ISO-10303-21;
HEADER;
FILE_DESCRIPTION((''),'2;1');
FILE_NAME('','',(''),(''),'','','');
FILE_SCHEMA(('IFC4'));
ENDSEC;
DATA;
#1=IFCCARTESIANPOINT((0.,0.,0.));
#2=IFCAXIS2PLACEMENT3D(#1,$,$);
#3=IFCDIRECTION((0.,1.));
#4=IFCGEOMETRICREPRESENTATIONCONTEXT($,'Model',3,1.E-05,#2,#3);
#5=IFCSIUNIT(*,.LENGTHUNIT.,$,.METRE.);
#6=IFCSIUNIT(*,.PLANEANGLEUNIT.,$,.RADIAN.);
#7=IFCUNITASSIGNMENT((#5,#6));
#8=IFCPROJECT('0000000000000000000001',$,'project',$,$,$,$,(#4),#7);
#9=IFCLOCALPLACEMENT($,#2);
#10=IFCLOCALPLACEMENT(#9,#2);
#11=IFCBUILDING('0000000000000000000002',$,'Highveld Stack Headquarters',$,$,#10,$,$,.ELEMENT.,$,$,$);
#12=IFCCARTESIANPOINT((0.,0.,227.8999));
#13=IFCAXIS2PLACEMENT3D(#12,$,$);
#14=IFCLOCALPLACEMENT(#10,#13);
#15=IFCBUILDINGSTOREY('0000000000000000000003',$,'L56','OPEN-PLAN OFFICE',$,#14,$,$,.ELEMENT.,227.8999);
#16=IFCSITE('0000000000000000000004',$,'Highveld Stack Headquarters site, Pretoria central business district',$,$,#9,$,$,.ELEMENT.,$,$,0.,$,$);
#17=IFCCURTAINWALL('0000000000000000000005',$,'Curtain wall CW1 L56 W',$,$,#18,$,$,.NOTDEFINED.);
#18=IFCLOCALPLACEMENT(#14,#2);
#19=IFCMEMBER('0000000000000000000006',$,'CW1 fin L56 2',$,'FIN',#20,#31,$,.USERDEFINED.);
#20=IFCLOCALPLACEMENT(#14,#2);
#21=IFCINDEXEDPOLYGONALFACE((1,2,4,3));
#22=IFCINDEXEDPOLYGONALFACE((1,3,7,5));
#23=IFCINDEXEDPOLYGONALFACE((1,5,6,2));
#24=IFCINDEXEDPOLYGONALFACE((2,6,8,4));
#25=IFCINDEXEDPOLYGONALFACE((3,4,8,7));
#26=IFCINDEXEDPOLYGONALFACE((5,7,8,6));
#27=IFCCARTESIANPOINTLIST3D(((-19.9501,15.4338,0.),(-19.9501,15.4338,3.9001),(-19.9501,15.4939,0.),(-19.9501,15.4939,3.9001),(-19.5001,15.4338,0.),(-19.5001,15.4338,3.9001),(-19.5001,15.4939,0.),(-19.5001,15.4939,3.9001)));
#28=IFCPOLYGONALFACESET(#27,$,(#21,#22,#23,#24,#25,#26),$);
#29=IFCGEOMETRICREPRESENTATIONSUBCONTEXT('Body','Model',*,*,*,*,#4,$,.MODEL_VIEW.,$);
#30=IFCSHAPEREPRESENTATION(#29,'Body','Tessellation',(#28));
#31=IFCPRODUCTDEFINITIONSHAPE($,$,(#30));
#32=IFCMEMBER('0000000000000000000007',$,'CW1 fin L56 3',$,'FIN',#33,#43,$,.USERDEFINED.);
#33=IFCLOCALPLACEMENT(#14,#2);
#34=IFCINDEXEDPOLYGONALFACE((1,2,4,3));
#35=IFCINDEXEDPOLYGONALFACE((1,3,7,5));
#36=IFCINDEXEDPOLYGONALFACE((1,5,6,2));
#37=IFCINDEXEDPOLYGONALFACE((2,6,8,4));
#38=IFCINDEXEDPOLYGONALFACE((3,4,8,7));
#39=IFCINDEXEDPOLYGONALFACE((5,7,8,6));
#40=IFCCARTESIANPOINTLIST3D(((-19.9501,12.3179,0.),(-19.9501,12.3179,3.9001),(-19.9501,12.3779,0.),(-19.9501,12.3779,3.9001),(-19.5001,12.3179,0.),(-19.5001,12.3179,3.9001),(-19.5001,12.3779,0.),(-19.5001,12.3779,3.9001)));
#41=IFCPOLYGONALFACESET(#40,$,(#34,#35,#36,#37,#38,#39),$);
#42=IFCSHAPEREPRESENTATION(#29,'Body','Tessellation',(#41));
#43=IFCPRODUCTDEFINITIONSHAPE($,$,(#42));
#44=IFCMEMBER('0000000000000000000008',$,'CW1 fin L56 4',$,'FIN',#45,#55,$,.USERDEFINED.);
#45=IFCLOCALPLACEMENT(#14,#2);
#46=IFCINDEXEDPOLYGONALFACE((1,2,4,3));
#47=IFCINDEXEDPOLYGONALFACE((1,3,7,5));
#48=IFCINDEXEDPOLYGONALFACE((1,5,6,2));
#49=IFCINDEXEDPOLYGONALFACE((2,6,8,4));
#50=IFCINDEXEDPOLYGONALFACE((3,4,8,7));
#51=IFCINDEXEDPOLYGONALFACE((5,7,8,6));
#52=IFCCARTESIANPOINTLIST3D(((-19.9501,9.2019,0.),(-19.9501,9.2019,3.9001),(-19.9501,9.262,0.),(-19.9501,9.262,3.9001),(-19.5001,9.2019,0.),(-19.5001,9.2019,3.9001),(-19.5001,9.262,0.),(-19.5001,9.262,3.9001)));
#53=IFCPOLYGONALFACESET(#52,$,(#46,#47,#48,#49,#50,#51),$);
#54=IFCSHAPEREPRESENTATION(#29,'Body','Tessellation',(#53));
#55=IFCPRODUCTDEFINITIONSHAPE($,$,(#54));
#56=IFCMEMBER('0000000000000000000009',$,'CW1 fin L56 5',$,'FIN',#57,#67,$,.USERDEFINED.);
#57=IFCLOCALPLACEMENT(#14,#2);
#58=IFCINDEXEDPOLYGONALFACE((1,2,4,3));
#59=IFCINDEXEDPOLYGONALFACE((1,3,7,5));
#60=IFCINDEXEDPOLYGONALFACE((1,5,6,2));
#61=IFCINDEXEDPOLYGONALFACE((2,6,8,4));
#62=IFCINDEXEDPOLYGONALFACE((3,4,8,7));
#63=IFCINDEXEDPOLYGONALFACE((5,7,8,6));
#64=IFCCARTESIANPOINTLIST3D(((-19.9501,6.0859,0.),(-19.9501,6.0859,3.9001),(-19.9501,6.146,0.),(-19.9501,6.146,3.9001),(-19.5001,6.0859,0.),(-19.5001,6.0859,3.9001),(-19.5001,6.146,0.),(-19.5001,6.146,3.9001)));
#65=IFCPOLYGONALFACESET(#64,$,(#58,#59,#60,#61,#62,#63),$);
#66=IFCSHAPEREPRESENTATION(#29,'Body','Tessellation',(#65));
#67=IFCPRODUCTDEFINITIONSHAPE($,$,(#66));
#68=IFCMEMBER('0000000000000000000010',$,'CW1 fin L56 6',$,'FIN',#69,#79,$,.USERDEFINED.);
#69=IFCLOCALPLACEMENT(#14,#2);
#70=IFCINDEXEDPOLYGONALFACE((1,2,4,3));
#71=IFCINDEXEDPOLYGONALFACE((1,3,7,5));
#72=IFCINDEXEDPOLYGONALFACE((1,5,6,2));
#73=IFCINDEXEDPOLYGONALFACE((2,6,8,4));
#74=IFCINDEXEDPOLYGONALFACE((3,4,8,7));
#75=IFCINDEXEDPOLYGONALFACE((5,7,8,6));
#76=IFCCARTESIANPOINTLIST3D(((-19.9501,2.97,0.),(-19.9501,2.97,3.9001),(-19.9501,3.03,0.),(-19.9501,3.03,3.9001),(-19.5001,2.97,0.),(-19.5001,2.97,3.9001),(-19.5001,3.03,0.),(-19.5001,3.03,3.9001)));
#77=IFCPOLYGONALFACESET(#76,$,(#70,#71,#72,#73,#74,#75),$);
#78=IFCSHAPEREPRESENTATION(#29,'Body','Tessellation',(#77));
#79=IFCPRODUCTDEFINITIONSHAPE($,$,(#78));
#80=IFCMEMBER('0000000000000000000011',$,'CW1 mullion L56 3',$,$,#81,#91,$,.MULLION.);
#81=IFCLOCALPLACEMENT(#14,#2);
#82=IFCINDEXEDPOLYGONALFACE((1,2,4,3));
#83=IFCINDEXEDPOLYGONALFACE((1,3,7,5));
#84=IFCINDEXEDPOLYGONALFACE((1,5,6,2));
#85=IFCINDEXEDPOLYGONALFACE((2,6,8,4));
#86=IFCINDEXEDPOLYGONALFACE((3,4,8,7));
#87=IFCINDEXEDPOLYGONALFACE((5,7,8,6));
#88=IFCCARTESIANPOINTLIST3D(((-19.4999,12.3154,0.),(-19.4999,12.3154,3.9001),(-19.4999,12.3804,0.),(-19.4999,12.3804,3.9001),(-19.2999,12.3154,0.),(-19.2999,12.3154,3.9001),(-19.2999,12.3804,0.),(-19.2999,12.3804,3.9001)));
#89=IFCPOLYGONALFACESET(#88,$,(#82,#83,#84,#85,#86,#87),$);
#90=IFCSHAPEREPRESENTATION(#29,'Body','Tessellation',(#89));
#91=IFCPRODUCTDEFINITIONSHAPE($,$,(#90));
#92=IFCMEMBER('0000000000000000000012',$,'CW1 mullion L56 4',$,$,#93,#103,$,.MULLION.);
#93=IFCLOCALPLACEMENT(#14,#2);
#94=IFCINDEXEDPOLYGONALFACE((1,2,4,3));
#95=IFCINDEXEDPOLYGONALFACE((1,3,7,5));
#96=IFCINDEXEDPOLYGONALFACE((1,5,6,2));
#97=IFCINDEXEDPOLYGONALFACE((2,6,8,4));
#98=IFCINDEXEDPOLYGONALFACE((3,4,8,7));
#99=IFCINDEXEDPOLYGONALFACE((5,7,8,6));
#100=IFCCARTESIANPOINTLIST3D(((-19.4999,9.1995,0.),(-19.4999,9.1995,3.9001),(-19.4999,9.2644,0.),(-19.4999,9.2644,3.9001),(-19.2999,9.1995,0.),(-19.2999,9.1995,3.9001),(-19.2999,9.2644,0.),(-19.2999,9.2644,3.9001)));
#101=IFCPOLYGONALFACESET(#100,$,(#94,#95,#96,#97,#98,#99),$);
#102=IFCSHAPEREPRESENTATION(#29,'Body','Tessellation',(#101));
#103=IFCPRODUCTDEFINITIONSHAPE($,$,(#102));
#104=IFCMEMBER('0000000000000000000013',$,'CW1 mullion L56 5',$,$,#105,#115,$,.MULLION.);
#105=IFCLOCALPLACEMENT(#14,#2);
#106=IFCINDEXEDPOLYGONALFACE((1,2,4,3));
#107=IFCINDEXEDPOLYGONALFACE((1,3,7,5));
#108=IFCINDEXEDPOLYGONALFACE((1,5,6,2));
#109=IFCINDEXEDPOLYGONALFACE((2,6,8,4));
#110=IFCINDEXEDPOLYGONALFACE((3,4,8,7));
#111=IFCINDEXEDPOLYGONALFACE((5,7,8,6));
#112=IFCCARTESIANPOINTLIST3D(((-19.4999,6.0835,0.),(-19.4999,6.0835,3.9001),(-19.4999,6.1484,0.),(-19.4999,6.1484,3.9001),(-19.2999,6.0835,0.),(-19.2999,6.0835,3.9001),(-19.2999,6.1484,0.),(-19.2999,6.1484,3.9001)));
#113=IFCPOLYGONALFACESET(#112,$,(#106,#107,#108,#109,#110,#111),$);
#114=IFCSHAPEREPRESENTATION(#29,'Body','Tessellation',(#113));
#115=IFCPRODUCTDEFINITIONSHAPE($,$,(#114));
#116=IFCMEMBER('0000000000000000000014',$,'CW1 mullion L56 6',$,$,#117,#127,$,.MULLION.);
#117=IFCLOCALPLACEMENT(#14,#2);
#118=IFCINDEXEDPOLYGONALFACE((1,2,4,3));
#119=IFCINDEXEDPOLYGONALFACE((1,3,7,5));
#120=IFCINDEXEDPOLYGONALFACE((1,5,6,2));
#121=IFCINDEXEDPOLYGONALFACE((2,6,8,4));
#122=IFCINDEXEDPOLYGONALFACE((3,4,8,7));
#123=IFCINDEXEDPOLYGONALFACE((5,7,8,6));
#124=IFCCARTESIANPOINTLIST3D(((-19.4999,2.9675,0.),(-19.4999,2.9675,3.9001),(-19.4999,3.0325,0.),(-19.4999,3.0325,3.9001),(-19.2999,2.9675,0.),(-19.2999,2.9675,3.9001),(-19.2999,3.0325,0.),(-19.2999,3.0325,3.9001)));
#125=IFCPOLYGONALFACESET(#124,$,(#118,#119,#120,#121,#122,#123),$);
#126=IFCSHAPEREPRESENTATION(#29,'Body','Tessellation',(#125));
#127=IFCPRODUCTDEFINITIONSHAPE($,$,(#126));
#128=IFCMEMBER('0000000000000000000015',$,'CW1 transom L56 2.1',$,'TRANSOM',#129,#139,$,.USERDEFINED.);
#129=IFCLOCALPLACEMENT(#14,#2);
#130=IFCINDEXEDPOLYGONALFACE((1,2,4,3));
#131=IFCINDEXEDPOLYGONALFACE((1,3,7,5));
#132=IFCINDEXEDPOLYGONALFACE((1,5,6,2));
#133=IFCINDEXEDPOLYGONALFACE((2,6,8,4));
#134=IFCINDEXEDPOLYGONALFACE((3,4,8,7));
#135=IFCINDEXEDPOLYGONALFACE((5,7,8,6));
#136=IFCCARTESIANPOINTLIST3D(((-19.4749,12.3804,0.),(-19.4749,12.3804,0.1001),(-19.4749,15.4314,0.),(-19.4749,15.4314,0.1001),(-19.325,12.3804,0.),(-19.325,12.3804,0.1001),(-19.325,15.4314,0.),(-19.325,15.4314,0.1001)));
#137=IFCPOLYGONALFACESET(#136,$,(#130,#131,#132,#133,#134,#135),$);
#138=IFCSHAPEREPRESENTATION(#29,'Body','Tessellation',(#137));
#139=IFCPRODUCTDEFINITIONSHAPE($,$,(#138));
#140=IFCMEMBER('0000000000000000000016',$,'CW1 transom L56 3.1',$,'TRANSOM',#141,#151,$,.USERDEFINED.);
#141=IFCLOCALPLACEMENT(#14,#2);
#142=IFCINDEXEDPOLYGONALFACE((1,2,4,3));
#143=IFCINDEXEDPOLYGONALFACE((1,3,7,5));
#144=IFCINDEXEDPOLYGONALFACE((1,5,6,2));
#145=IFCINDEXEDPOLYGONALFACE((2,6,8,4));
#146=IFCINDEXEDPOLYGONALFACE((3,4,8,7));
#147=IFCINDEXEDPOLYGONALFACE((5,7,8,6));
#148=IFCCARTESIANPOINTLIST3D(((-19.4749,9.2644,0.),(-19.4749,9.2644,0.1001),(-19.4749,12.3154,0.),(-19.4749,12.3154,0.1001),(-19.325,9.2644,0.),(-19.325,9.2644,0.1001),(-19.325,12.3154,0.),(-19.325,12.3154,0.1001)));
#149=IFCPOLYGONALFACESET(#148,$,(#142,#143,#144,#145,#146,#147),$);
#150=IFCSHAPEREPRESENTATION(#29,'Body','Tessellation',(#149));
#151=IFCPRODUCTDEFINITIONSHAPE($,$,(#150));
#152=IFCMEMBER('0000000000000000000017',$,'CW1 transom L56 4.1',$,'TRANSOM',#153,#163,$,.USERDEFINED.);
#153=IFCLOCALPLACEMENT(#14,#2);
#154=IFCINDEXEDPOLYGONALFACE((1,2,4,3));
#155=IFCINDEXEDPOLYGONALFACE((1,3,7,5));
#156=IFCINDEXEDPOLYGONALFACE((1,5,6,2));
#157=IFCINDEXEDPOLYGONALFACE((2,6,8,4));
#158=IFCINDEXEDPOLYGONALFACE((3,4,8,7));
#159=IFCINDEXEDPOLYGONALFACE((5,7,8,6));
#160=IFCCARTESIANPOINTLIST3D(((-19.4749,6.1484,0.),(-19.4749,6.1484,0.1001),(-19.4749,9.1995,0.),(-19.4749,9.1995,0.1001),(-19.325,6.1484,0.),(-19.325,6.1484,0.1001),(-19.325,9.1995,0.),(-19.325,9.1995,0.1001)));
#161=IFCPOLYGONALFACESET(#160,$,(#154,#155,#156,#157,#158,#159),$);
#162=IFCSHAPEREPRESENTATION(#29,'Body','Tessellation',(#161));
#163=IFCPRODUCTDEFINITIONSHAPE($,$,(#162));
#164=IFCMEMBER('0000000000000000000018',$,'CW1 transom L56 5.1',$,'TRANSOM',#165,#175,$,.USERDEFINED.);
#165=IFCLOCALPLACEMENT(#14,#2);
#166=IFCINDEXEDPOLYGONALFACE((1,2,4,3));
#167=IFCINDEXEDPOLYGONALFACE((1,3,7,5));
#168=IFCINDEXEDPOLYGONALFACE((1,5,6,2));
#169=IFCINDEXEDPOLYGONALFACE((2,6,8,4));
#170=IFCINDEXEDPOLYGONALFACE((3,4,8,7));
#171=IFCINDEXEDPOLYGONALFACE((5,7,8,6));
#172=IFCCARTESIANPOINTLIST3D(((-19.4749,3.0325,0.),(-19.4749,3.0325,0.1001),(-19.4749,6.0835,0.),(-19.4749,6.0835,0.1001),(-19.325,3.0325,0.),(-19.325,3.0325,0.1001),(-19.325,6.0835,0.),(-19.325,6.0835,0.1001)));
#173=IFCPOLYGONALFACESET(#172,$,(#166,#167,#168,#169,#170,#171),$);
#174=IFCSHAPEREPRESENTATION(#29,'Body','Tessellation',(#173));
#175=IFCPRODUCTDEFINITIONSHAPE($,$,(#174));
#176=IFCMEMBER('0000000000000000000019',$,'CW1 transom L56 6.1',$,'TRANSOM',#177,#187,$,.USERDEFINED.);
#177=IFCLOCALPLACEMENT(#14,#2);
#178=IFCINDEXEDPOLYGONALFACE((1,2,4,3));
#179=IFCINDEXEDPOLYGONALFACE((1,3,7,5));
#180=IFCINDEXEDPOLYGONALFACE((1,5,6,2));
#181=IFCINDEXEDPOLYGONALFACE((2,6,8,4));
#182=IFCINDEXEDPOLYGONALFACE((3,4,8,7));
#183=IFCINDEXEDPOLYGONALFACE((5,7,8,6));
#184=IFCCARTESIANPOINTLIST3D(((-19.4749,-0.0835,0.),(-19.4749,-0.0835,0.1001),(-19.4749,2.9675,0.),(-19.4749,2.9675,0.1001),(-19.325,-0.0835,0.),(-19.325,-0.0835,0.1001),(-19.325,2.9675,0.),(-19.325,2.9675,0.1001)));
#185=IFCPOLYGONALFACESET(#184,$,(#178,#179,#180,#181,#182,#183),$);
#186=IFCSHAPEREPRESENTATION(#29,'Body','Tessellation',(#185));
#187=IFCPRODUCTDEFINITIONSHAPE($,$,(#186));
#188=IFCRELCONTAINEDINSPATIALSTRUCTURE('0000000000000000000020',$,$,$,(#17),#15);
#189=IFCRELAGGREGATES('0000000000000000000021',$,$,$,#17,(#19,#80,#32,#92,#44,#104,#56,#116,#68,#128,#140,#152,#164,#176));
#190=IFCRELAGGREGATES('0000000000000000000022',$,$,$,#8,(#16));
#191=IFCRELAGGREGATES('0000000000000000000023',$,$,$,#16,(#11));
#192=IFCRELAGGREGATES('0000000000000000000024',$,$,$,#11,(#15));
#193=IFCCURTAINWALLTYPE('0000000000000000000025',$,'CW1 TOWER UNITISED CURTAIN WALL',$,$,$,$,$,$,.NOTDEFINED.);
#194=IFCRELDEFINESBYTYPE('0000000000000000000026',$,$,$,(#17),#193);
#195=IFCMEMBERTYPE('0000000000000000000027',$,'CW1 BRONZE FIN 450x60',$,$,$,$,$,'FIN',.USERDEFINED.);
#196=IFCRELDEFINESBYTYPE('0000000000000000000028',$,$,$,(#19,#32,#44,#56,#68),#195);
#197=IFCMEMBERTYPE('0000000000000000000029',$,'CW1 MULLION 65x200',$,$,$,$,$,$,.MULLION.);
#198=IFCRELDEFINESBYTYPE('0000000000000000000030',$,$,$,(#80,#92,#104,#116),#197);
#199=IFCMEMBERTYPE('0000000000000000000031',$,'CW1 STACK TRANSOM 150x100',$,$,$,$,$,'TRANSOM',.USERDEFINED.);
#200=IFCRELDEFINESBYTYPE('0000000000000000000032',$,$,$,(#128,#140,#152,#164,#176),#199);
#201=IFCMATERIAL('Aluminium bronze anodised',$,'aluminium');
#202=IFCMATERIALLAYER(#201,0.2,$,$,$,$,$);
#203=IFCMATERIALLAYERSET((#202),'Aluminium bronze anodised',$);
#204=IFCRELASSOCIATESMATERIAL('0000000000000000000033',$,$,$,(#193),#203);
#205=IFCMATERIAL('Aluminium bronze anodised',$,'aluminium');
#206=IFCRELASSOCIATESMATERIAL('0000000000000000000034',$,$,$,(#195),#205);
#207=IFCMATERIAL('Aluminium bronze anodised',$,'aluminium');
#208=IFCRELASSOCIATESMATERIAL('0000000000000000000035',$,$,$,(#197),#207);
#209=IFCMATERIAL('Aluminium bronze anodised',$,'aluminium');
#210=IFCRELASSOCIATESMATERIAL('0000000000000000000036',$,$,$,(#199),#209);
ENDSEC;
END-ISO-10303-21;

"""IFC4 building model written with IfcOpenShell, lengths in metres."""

from ifc_helpers import new_model, si_unit, direction, frame, origin, origin_2d, place, context, subcontext, project, spatial, rectangle, extrude, material, layer, layer_set, material_profile, profile_set, type_object, element, aggregate, save


model = new_model("IFC4")

# Units and contexts
model_context = context("Model", 3, precision=1e-05, world=origin(), true_north=direction((0.0, 1.0)))
body_context = subcontext(model_context, "Body", "Model", "MODEL_VIEW")
ifc_project = project(units=[si_unit("LENGTHUNIT", "METRE"), si_unit("PLANEANGLEUNIT", "RADIAN")], contexts=[model_context])

# Site, building, storey
site_placement = place(None, origin())
site = spatial("IfcSite", under=ifc_project, at=site_placement, Name="Highveld Stack Headquarters site, Pretoria central business district", CompositionType="ELEMENT", RefElevation=0.0)
building_placement = place(site_placement, origin())
building = spatial("IfcBuilding", under=site, at=building_placement, Name="Highveld Stack Headquarters", CompositionType="ELEMENT")
storey_placement = place(building_placement, frame((0.0, 0.0, 227.8999)))
storey = spatial("IfcBuildingStorey", under=building, at=storey_placement, Name="L56", Description="OPEN-PLAN OFFICE", CompositionType="ELEMENT", Elevation=227.8999)

# Curtain wall, members
ifc_material_1 = material(Name="Aluminium bronze anodised", Category="aluminium")
ifc_layer_1 = layer(ifc_material_1, 0.2)
ifc_layer_set_1 = layer_set([ifc_layer_1], Name="Aluminium bronze anodised")
curtain_wall_type = type_object("IfcCurtainWallType", Name="CW1 TOWER UNITISED CURTAIN WALL", PredefinedType="NOTDEFINED", material=ifc_layer_set_1)
curtain_wall_placement = place(storey_placement, origin())
curtain_wall = element("IfcCurtainWall", 1, at=curtain_wall_placement, inside=storey, type_object=curtain_wall_type, Name="Curtain wall CW1 L56 W", PredefinedType="NOTDEFINED")
ifc_material_2 = material(Name="Aluminium bronze anodised", Category="aluminium")
ifc_material_profile_1 = material_profile(ifc_material_2, rectangle(XDim=0.45, YDim=0.0601, at=origin_2d()), Name="FIN 450x60")
ifc_profile_set_1 = profile_set([ifc_material_profile_1], Name="Aluminium bronze anodised")
member_type_1 = type_object("IfcMemberType", Name="CW1 BRONZE FIN 450x60", ElementType="FIN", PredefinedType="USERDEFINED", material=ifc_profile_set_1)
member_1_placement = place(storey_placement, frame((-19.7251, 15.4639, 0.0), z_axis=(0.0, 0.0, 1.0), x_axis=(1.0, 0.0, 0.0)))
member_1 = element("IfcMember", 2, at=member_1_placement, type_object=member_type_1, Name="CW1 fin L56 2", ObjectType="FIN", PredefinedType="USERDEFINED", context=body_context, shape_type="SweptSolid", body=[
    extrude(rectangle(XDim=0.45, YDim=0.0601, at=origin_2d()), origin(), (0.0, 0.0, 1.0), 3.9001),
])
member_2_placement = place(storey_placement, frame((-19.7251, 12.3479, 0.0), z_axis=(0.0, 0.0, 1.0), x_axis=(1.0, 0.0, 0.0)))
member_2 = element("IfcMember", 3, at=member_2_placement, type_object=member_type_1, Name="CW1 fin L56 3", ObjectType="FIN", PredefinedType="USERDEFINED", context=body_context, shape_type="SweptSolid", body=[
    extrude(rectangle(XDim=0.45, YDim=0.0601, at=origin_2d()), origin(), (0.0, 0.0, 1.0), 3.9001),
])
member_3_placement = place(storey_placement, frame((-19.7251, 9.2319, 0.0), z_axis=(0.0, 0.0, 1.0), x_axis=(1.0, 0.0, 0.0)))
member_3 = element("IfcMember", 4, at=member_3_placement, type_object=member_type_1, Name="CW1 fin L56 4", ObjectType="FIN", PredefinedType="USERDEFINED", context=body_context, shape_type="SweptSolid", body=[
    extrude(rectangle(XDim=0.45, YDim=0.0601, at=origin_2d()), origin(), (0.0, 0.0, 1.0), 3.9001),
])
member_4_placement = place(storey_placement, frame((-19.7251, 6.116, 0.0), z_axis=(0.0, 0.0, 1.0), x_axis=(1.0, 0.0, 0.0)))
member_4 = element("IfcMember", 5, at=member_4_placement, type_object=member_type_1, Name="CW1 fin L56 5", ObjectType="FIN", PredefinedType="USERDEFINED", context=body_context, shape_type="SweptSolid", body=[
    extrude(rectangle(XDim=0.45, YDim=0.0601, at=origin_2d()), origin(), (0.0, 0.0, 1.0), 3.9001),
])
member_5_placement = place(storey_placement, frame((-19.7251, 3.0, 0.0), z_axis=(0.0, 0.0, 1.0), x_axis=(1.0, 0.0, 0.0)))
member_5 = element("IfcMember", 6, at=member_5_placement, type_object=member_type_1, Name="CW1 fin L56 6", ObjectType="FIN", PredefinedType="USERDEFINED", context=body_context, shape_type="SweptSolid", body=[
    extrude(rectangle(XDim=0.45, YDim=0.0601, at=origin_2d()), origin(), (0.0, 0.0, 1.0), 3.9001),
])
ifc_material_3 = material(Name="Aluminium bronze anodised", Category="aluminium")
ifc_material_profile_2 = material_profile(ifc_material_3, rectangle(XDim=0.2, YDim=0.0649, at=origin_2d()), Name="CW1 MULLION 65x200")
ifc_profile_set_2 = profile_set([ifc_material_profile_2], Name="Aluminium bronze anodised")
member_type_2 = type_object("IfcMemberType", Name="CW1 MULLION 65x200", PredefinedType="MULLION", material=ifc_profile_set_2)
member_6_placement = place(storey_placement, frame((-19.3999, 12.3479, 0.0), z_axis=(0.0, 0.0, 1.0), x_axis=(1.0, 0.0, 0.0)))
member_6 = element("IfcMember", 7, at=member_6_placement, type_object=member_type_2, Name="CW1 mullion L56 3", PredefinedType="MULLION", context=body_context, shape_type="SweptSolid", body=[
    extrude(rectangle(XDim=0.2, YDim=0.0649, at=origin_2d()), origin(), (0.0, 0.0, 1.0), 3.9001),
])
member_7_placement = place(storey_placement, frame((-19.3999, 9.2319, 0.0), z_axis=(0.0, 0.0, 1.0), x_axis=(1.0, 0.0, 0.0)))
member_7 = element("IfcMember", 8, at=member_7_placement, type_object=member_type_2, Name="CW1 mullion L56 4", PredefinedType="MULLION", context=body_context, shape_type="SweptSolid", body=[
    extrude(rectangle(XDim=0.2, YDim=0.0649, at=origin_2d()), origin(), (0.0, 0.0, 1.0), 3.9001),
])
member_8_placement = place(storey_placement, frame((-19.3999, 6.116, 0.0), z_axis=(0.0, 0.0, 1.0), x_axis=(1.0, 0.0, 0.0)))
member_8 = element("IfcMember", 9, at=member_8_placement, type_object=member_type_2, Name="CW1 mullion L56 5", PredefinedType="MULLION", context=body_context, shape_type="SweptSolid", body=[
    extrude(rectangle(XDim=0.2, YDim=0.0649, at=origin_2d()), origin(), (0.0, 0.0, 1.0), 3.9001),
])
member_9_placement = place(storey_placement, frame((-19.3999, 3.0, 0.0), z_axis=(0.0, 0.0, 1.0), x_axis=(1.0, 0.0, 0.0)))
member_9 = element("IfcMember", 10, at=member_9_placement, type_object=member_type_2, Name="CW1 mullion L56 6", PredefinedType="MULLION", context=body_context, shape_type="SweptSolid", body=[
    extrude(rectangle(XDim=0.2, YDim=0.0649, at=origin_2d()), origin(), (0.0, 0.0, 1.0), 3.9001),
])
ifc_material_4 = material(Name="Aluminium bronze anodised", Category="aluminium")
ifc_material_profile_3 = material_profile(ifc_material_4, rectangle(XDim=0.1499, YDim=0.1001, at=origin_2d()), Name="CW1 TRANSOM 150x100")
ifc_profile_set_3 = profile_set([ifc_material_profile_3], Name="Aluminium bronze anodised")
member_type_3 = type_object("IfcMemberType", Name="CW1 STACK TRANSOM 150x100", ElementType="TRANSOM", PredefinedType="USERDEFINED", material=ifc_profile_set_3)
member_10_placement = place(storey_placement, frame((-19.3999, 15.4314, 0.05), z_axis=(0.0, -1.0, 0.0), x_axis=(1.0, 0.0, 0.0)))
member_10 = element("IfcMember", 11, at=member_10_placement, type_object=member_type_3, Name="CW1 transom L56 2.1", ObjectType="TRANSOM", PredefinedType="USERDEFINED", context=body_context, shape_type="SweptSolid", body=[
    extrude(rectangle(XDim=0.1499, YDim=0.1001, at=origin_2d()), origin(), (0.0, 0.0, 1.0), 3.051),
])
member_11_placement = place(storey_placement, frame((-19.3999, 12.3154, 0.05), z_axis=(0.0, -1.0, 0.0), x_axis=(1.0, 0.0, 0.0)))
member_11 = element("IfcMember", 12, at=member_11_placement, type_object=member_type_3, Name="CW1 transom L56 3.1", ObjectType="TRANSOM", PredefinedType="USERDEFINED", context=body_context, shape_type="SweptSolid", body=[
    extrude(rectangle(XDim=0.1499, YDim=0.1001, at=origin_2d()), origin(), (0.0, 0.0, 1.0), 3.051),
])
member_12_placement = place(storey_placement, frame((-19.3999, 9.1995, 0.05), z_axis=(0.0, -1.0, 0.0), x_axis=(1.0, 0.0, 0.0)))
member_12 = element("IfcMember", 13, at=member_12_placement, type_object=member_type_3, Name="CW1 transom L56 4.1", ObjectType="TRANSOM", PredefinedType="USERDEFINED", context=body_context, shape_type="SweptSolid", body=[
    extrude(rectangle(XDim=0.1499, YDim=0.1001, at=origin_2d()), origin(), (0.0, 0.0, 1.0), 3.051),
])
member_13_placement = place(storey_placement, frame((-19.3999, 6.0835, 0.05), z_axis=(0.0, -1.0, 0.0), x_axis=(1.0, 0.0, 0.0)))
member_13 = element("IfcMember", 14, at=member_13_placement, type_object=member_type_3, Name="CW1 transom L56 5.1", ObjectType="TRANSOM", PredefinedType="USERDEFINED", context=body_context, shape_type="SweptSolid", body=[
    extrude(rectangle(XDim=0.1499, YDim=0.1001, at=origin_2d()), origin(), (0.0, 0.0, 1.0), 3.051),
])
member_14_placement = place(storey_placement, frame((-19.3999, 2.9675, 0.05), z_axis=(0.0, -1.0, 0.0), x_axis=(1.0, 0.0, 0.0)))
member_14 = element("IfcMember", 15, at=member_14_placement, type_object=member_type_3, Name="CW1 transom L56 6.1", ObjectType="TRANSOM", PredefinedType="USERDEFINED", context=body_context, shape_type="SweptSolid", body=[
    extrude(rectangle(XDim=0.1499, YDim=0.1001, at=origin_2d()), origin(), (0.0, 0.0, 1.0), 3.051),
])

aggregate(curtain_wall, [member_1, member_6, member_2, member_7, member_3, member_8, member_4, member_9, member_5, member_10, member_11, member_12, member_13, member_14])

save(model, "model.ifc")
